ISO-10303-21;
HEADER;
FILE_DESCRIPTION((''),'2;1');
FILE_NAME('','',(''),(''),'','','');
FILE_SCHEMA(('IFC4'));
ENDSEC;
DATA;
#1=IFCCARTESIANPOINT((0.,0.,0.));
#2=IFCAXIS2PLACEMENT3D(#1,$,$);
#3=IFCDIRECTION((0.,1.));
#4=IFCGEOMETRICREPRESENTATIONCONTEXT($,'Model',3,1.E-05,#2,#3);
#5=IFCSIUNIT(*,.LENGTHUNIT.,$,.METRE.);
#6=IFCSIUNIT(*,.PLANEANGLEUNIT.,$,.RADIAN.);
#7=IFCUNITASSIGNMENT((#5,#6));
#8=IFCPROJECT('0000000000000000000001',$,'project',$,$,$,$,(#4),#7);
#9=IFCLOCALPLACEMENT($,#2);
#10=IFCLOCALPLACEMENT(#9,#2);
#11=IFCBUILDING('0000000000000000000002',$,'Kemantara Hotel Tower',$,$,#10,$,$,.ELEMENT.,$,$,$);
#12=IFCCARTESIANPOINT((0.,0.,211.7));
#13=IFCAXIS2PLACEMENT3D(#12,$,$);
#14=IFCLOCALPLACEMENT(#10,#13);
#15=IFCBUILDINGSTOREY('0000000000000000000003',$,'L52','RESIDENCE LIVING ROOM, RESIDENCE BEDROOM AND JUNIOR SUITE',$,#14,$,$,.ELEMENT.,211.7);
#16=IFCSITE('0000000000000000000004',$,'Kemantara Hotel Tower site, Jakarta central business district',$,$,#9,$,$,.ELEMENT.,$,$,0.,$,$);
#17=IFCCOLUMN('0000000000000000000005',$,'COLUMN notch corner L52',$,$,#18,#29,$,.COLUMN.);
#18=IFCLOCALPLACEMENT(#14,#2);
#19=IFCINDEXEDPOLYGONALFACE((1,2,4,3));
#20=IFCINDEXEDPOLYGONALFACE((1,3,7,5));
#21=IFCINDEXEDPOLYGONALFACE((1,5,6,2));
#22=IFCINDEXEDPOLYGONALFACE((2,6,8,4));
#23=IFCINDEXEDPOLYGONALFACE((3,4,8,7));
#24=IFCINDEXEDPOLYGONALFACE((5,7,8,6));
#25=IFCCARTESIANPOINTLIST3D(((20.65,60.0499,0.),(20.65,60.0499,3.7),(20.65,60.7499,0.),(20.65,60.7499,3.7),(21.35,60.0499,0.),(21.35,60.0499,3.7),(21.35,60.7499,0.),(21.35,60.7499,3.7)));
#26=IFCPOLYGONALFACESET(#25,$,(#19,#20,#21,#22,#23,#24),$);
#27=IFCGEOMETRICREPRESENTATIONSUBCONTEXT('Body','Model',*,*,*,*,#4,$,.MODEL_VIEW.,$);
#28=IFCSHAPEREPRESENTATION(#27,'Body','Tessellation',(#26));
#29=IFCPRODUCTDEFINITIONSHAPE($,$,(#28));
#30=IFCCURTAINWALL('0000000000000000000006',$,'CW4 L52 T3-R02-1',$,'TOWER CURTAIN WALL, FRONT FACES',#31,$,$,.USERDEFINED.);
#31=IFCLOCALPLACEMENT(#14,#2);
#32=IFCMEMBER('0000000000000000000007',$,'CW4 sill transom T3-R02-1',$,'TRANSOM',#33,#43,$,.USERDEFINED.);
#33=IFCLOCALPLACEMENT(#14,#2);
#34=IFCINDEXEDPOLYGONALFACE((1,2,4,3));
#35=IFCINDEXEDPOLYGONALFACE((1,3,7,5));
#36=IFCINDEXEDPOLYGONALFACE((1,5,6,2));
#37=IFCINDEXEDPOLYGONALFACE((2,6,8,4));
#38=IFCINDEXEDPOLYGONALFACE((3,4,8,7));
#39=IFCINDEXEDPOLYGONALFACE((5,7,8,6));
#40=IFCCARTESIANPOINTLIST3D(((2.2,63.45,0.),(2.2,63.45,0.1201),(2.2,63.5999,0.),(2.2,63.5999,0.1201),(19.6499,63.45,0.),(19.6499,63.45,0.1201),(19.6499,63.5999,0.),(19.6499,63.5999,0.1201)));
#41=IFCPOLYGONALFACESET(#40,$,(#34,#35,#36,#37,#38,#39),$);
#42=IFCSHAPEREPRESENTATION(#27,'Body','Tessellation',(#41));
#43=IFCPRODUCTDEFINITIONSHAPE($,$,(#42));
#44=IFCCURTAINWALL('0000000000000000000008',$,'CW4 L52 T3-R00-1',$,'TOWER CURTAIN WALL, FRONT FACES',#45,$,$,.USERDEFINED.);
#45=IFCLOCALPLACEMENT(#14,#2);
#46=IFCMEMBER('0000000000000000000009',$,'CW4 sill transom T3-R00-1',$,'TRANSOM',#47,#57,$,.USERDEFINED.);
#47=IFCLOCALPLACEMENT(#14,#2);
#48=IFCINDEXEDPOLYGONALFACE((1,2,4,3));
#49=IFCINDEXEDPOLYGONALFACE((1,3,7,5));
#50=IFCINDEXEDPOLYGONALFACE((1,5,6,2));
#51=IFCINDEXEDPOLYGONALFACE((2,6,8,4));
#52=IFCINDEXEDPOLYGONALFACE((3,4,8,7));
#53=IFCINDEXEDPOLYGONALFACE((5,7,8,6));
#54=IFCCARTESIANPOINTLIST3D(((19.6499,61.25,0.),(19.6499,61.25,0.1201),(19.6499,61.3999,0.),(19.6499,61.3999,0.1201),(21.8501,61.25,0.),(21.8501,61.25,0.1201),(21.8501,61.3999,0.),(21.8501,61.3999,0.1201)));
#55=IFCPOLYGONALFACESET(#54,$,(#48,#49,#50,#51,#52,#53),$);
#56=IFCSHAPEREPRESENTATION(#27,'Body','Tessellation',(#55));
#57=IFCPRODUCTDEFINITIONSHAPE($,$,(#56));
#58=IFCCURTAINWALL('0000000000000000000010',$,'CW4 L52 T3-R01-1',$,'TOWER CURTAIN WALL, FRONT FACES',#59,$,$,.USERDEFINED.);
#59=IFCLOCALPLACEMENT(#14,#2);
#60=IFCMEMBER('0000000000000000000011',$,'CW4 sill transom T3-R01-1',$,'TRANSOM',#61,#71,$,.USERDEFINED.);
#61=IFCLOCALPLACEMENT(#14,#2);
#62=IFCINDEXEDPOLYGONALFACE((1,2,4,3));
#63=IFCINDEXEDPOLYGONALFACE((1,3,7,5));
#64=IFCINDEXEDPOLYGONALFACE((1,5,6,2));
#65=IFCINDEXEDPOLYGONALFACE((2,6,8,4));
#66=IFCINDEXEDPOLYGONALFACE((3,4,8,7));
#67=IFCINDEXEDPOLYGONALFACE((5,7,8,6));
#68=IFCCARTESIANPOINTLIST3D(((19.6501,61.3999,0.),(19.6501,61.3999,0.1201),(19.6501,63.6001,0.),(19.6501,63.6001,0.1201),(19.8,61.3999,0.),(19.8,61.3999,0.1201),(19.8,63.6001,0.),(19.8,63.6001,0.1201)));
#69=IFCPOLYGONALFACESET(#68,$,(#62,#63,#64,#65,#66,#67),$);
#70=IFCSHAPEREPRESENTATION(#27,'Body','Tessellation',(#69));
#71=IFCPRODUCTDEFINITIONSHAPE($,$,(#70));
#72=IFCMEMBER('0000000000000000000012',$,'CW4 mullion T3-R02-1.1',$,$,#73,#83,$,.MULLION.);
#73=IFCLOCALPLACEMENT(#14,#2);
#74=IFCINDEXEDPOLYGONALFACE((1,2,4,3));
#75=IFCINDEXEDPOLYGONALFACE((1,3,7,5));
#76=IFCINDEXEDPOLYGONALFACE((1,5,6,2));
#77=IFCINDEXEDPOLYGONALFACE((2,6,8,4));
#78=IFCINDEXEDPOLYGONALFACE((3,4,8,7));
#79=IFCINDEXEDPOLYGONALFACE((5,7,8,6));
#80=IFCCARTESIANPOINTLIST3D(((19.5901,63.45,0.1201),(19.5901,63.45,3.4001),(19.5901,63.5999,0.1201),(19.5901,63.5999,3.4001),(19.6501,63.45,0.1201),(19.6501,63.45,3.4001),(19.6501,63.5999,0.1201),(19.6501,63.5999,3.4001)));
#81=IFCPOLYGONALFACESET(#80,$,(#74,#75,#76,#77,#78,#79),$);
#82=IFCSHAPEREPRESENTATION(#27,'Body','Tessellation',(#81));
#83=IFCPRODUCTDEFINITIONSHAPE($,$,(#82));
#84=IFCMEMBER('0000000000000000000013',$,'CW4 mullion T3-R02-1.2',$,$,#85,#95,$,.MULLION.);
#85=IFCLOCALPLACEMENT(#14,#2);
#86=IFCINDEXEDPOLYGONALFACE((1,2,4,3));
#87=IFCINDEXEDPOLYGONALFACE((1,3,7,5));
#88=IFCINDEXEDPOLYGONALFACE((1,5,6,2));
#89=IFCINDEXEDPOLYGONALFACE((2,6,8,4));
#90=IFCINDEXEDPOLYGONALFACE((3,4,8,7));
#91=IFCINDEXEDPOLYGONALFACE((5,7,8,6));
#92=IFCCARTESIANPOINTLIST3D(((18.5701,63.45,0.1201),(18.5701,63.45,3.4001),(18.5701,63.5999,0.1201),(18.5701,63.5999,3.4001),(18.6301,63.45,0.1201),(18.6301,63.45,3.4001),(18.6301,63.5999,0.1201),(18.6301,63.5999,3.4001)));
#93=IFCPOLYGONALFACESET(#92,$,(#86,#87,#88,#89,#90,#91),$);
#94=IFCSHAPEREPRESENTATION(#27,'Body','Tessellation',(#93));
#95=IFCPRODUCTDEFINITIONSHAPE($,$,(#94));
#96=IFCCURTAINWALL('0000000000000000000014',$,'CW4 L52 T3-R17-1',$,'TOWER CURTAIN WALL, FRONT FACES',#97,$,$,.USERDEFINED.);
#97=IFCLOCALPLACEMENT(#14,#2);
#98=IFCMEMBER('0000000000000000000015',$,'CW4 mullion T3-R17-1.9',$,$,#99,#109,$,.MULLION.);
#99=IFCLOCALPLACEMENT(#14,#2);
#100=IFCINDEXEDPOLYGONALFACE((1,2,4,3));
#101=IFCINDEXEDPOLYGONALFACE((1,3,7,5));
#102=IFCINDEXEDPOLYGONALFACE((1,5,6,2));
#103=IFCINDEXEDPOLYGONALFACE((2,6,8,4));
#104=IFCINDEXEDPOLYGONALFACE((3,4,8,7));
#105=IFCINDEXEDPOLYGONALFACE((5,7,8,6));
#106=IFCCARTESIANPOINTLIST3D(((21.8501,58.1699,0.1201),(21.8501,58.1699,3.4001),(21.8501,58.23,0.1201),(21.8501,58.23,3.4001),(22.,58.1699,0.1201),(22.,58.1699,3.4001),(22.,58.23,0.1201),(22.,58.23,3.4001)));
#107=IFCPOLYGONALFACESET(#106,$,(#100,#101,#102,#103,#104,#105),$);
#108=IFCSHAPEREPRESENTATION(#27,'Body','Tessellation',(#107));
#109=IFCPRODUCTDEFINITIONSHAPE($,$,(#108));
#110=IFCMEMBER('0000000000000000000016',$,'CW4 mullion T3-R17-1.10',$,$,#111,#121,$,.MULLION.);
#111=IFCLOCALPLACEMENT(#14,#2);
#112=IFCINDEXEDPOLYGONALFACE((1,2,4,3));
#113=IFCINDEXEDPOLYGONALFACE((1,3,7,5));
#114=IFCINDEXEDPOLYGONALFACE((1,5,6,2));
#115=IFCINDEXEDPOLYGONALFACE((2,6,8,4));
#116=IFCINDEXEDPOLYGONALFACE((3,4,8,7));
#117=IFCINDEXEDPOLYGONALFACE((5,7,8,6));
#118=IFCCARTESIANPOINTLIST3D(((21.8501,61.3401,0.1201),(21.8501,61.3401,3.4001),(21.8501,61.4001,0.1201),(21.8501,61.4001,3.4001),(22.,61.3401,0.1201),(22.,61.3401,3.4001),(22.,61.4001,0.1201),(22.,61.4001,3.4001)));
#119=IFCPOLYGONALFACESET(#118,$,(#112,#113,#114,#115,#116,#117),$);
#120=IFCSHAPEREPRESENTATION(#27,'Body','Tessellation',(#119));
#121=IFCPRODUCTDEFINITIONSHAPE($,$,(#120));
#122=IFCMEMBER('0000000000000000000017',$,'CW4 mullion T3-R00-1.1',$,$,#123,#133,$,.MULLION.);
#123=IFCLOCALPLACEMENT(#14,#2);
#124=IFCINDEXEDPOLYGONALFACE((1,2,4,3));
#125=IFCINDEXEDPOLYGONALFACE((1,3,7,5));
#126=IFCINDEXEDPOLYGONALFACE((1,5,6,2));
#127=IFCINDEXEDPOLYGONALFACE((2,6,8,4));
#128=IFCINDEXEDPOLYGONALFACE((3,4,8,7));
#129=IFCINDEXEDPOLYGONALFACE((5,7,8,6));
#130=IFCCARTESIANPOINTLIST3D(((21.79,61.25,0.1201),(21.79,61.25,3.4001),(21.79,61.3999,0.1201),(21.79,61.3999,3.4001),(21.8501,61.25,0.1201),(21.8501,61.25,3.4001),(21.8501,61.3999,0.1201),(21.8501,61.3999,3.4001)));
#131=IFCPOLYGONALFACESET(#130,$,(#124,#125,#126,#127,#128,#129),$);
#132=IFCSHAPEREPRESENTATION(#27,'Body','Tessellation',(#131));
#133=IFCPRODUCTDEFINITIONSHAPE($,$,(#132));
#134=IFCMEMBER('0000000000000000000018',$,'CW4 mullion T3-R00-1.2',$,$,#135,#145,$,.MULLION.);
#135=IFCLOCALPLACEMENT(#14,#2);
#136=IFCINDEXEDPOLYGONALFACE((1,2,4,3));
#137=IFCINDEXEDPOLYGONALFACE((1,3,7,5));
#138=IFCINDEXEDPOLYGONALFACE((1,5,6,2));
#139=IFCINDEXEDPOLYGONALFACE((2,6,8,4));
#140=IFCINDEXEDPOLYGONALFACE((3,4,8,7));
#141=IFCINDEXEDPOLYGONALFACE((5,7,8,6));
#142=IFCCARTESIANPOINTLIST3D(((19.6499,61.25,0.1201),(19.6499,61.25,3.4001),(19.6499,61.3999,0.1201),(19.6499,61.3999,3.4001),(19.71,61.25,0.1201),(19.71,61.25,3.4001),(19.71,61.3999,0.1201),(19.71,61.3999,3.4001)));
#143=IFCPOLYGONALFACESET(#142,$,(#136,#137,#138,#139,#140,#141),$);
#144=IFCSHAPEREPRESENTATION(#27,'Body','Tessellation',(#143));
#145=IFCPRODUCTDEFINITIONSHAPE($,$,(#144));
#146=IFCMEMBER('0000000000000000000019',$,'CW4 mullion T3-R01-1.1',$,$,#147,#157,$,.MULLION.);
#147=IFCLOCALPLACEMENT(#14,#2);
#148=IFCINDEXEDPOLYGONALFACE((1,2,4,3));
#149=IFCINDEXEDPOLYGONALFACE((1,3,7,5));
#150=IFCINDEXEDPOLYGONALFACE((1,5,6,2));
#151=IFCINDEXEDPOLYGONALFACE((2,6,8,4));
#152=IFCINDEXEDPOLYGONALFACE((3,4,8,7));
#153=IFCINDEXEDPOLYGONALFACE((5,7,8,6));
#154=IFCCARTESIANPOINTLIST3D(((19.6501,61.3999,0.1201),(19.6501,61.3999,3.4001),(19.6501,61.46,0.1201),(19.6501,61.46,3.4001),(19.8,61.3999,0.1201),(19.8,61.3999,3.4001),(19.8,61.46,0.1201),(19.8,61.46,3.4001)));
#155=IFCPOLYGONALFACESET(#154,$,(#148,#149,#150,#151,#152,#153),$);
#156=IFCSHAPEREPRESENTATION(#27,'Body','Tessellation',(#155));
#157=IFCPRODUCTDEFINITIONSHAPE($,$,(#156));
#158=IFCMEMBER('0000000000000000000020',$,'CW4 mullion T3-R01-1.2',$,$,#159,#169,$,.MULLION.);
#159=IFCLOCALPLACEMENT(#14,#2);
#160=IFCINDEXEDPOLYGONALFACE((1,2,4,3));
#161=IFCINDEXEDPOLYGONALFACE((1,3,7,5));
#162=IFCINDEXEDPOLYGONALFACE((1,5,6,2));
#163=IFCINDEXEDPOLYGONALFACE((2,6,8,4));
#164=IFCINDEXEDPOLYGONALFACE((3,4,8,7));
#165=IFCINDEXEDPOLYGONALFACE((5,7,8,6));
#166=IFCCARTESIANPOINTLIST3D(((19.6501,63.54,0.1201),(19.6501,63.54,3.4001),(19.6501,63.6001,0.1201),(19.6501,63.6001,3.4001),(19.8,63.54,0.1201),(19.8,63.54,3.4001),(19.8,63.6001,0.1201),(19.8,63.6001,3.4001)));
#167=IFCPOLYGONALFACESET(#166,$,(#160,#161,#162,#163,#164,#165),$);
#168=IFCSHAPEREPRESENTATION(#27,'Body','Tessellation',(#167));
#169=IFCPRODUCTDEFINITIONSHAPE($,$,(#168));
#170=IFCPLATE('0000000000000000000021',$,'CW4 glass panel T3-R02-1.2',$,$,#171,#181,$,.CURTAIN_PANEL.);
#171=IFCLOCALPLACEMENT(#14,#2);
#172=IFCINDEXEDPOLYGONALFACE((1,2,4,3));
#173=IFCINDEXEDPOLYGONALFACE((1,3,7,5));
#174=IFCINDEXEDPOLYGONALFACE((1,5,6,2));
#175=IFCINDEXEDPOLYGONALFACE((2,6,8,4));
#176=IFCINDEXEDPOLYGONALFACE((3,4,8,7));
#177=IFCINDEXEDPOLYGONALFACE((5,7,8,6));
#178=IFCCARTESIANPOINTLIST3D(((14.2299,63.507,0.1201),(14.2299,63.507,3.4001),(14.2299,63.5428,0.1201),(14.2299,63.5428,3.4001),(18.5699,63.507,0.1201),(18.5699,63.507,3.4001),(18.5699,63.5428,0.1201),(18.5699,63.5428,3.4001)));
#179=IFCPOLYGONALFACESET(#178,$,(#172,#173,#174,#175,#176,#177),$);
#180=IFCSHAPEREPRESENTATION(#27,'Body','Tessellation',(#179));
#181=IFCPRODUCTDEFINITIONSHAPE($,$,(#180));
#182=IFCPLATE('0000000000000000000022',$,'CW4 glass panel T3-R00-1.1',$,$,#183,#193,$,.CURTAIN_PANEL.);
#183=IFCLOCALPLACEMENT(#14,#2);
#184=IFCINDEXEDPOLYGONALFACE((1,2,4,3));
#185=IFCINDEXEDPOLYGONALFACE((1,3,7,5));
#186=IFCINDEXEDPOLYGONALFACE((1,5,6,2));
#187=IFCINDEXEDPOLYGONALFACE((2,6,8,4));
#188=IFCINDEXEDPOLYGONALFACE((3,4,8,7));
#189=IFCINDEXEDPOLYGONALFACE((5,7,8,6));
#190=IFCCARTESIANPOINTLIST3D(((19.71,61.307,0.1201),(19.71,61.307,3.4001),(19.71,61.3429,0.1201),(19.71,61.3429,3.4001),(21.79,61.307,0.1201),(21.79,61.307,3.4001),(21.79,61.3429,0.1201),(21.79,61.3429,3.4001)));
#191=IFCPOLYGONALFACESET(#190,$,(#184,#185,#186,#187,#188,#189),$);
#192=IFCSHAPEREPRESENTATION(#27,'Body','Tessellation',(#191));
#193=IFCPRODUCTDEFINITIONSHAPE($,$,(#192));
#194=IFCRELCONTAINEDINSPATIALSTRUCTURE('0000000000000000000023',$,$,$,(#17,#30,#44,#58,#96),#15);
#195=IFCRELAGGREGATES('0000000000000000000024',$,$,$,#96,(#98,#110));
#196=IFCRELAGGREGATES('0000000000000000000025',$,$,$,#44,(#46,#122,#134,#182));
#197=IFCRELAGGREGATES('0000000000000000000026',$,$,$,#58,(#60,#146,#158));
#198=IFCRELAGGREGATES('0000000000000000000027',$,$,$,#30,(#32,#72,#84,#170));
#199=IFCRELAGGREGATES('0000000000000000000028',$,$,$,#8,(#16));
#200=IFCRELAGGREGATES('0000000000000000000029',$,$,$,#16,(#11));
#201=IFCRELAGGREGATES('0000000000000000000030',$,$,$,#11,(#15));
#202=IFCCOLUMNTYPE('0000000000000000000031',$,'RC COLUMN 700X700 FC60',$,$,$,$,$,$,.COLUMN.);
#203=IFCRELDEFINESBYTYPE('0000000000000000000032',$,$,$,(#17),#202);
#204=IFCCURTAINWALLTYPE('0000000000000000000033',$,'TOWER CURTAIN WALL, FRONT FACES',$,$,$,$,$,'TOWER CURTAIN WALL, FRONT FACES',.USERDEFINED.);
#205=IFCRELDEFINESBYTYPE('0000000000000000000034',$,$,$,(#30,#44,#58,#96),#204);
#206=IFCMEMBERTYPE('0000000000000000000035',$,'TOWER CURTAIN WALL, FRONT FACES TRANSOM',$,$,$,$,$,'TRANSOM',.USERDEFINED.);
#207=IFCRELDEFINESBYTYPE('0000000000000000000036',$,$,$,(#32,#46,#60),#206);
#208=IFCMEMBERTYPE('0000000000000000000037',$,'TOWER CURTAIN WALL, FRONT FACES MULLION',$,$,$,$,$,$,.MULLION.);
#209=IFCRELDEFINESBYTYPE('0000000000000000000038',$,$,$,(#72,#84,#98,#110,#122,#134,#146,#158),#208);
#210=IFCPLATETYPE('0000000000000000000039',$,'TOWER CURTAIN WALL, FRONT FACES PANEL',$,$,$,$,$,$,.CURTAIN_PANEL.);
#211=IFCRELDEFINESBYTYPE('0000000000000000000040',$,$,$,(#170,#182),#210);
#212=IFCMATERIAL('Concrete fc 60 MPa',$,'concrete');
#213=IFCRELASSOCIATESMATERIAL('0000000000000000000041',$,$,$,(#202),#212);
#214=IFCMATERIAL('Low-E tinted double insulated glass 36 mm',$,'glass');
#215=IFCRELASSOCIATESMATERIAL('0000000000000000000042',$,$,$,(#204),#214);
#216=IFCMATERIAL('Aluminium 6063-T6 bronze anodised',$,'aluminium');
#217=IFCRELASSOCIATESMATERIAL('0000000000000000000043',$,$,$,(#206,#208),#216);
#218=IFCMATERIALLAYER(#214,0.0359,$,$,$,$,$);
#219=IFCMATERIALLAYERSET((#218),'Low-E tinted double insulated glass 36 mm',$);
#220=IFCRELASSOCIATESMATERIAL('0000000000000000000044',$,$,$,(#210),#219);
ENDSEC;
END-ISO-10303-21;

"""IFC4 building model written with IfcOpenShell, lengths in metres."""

from ifc_helpers import new_model, si_unit, direction, frame, origin, origin_2d, place, context, subcontext, project, spatial, rectangle, extrude, source, transform, mapped, material, layer, layer_set, material_profile, profile_set, type_object, element, aggregate, save


model = new_model("IFC4")

# Units and contexts
model_context = context("Model", 3, precision=1e-05, world=origin(), true_north=direction((0.0, 1.0)))
body_context = subcontext(model_context, "Body", "Model", "MODEL_VIEW")
ifc_project = project(units=[si_unit("LENGTHUNIT", "METRE"), si_unit("PLANEANGLEUNIT", "RADIAN")], contexts=[model_context])

# Site, building, storey
site_placement = place(None, origin())
site = spatial("IfcSite", under=ifc_project, at=site_placement, Name="Kemantara Hotel Tower site, Jakarta central business district", CompositionType="ELEMENT", RefElevation=0.0)
building_placement = place(site_placement, origin())
building = spatial("IfcBuilding", under=site, at=building_placement, Name="Kemantara Hotel Tower", CompositionType="ELEMENT")
storey_placement = place(building_placement, frame((0.0, 0.0, 211.7)))
storey = spatial("IfcBuildingStorey", under=building, at=storey_placement, Name="L52", Description="RESIDENCE LIVING ROOM, RESIDENCE BEDROOM AND JUNIOR SUITE", CompositionType="ELEMENT", Elevation=211.7)

# Column
ifc_material_1 = material(Name="Concrete fc 60 MPa", Category="concrete")
ifc_material_profile_1 = material_profile(ifc_material_1, rectangle(XDim=0.7, YDim=0.7, at=origin_2d()), Name="RC 700X700")
ifc_profile_set_1 = profile_set([ifc_material_profile_1], Name="Concrete fc 60 MPa")
column_type = type_object("IfcColumnType", Name="RC COLUMN 700X700 FC60", PredefinedType="COLUMN", material=ifc_profile_set_1)
column_placement = place(storey_placement, frame((21.0, 60.3999, 0.0), z_axis=(0.0, 0.0, 1.0), x_axis=(1.0, 0.0, 0.0)))
element("IfcColumn", 1, at=column_placement, inside=storey, type_object=column_type, Name="COLUMN notch corner L52", PredefinedType="COLUMN", context=body_context, shape_type="SweptSolid", body=[
    extrude(rectangle(XDim=0.7, YDim=0.7, at=origin_2d()), origin(), (0.0, 0.0, 1.0), 3.7),
])

# Curtain walls, members
ifc_material_2 = material(Name="Low-E tinted double insulated glass 36 mm", Category="glass")
curtain_wall_type = type_object("IfcCurtainWallType", Name="TOWER CURTAIN WALL, FRONT FACES", ElementType="TOWER CURTAIN WALL, FRONT FACES", PredefinedType="USERDEFINED", material=ifc_material_2)
curtain_wall_1_placement = place(storey_placement, origin())
curtain_wall_1 = element("IfcCurtainWall", 2, at=curtain_wall_1_placement, inside=storey, type_object=curtain_wall_type, Name="CW4 L52 T3-R02-1", ObjectType="TOWER CURTAIN WALL, FRONT FACES", PredefinedType="USERDEFINED")
ifc_material_3 = material(Name="Aluminium 6063-T6 bronze anodised", Category="aluminium")
ifc_material_profile_2 = material_profile(ifc_material_3, rectangle(XDim=0.1499, YDim=0.1201, at=origin_2d()), Name="TOWER CURTAIN WALL, FRONT FACES TRANSOM")
ifc_profile_set_2 = profile_set([ifc_material_profile_2], Name="Aluminium 6063-T6 bronze anodised")
member_type_1 = type_object("IfcMemberType", Name="TOWER CURTAIN WALL, FRONT FACES TRANSOM", ElementType="TRANSOM", PredefinedType="USERDEFINED", material=ifc_profile_set_2)
member_1_placement = place(storey_placement, frame((19.6499, 63.5249, 0.0601), z_axis=(-1.0, 0.0, 0.0), x_axis=(0.0, -1.0, 0.0)))
member_1 = element("IfcMember", 3, at=member_1_placement, type_object=member_type_1, Name="CW4 sill transom T3-R02-1", ObjectType="TRANSOM", PredefinedType="USERDEFINED", context=body_context, shape_type="SweptSolid", body=[
    extrude(rectangle(XDim=0.1499, YDim=0.1201, at=origin_2d()), origin(), (0.0, 0.0, 1.0), 17.45),
])
curtain_wall_2_placement = place(storey_placement, origin())
curtain_wall_2 = element("IfcCurtainWall", 4, at=curtain_wall_2_placement, inside=storey, type_object=curtain_wall_type, Name="CW4 L52 T3-R00-1", ObjectType="TOWER CURTAIN WALL, FRONT FACES", PredefinedType="USERDEFINED")
member_2_placement = place(storey_placement, frame((21.8501, 61.325, 0.0601), z_axis=(-1.0, 0.0, 0.0), x_axis=(0.0, -1.0, 0.0)))
member_2 = element("IfcMember", 5, at=member_2_placement, type_object=member_type_1, Name="CW4 sill transom T3-R00-1", ObjectType="TRANSOM", PredefinedType="USERDEFINED", context=body_context, shape_type="SweptSolid", body=[
    extrude(rectangle(XDim=0.1499, YDim=0.1201, at=origin_2d()), origin(), (0.0, 0.0, 1.0), 2.2002),
])
curtain_wall_3_placement = place(storey_placement, origin())
curtain_wall_3 = element("IfcCurtainWall", 6, at=curtain_wall_3_placement, inside=storey, type_object=curtain_wall_type, Name="CW4 L52 T3-R01-1", ObjectType="TOWER CURTAIN WALL, FRONT FACES", PredefinedType="USERDEFINED")
member_3_placement = place(storey_placement, frame((19.7251, 61.3999, 0.0601), z_axis=(0.0, 1.0, 0.0), x_axis=(-1.0, 0.0, 0.0)))
member_3 = element("IfcMember", 7, at=member_3_placement, type_object=member_type_1, Name="CW4 sill transom T3-R01-1", ObjectType="TRANSOM", PredefinedType="USERDEFINED", context=body_context, shape_type="SweptSolid", body=[
    extrude(rectangle(XDim=0.1499, YDim=0.1201, at=origin_2d()), origin(), (0.0, 0.0, 1.0), 2.2002),
])

# Members
ifc_material_profile_3 = material_profile(ifc_material_3, rectangle(XDim=0.1499, YDim=0.0601, at=origin_2d()), Name="TOWER CURTAIN WALL, FRONT FACES MULLION")
ifc_profile_set_3 = profile_set([ifc_material_profile_3], Name="Aluminium 6063-T6 bronze anodised")
member_type_2 = type_object("IfcMemberType", Name="TOWER CURTAIN WALL, FRONT FACES MULLION", PredefinedType="MULLION", material=ifc_profile_set_3)
shared_shape_1 = source(origin(), body_context, "Body", "SweptSolid", [
    extrude(rectangle(XDim=0.1499, YDim=0.0601, at=origin_2d()), origin(), (0.0, 0.0, 1.0), 3.28),
])
member_4_placement = place(storey_placement, frame((19.6201, 63.5249, 0.1201), z_axis=(0.0, 0.0, 1.0), x_axis=(0.0, -1.0, 0.0)))
member_4 = element("IfcMember", 8, at=member_4_placement, type_object=member_type_2, Name="CW4 mullion T3-R02-1.1", PredefinedType="MULLION", context=body_context, shape_type="MappedRepresentation", body=[
    mapped(shared_shape_1, transform((0.0, 0.0, 0.0))),
])
member_5_placement = place(storey_placement, frame((18.6001, 63.5249, 0.1201), z_axis=(0.0, 0.0, 1.0), x_axis=(0.0, -1.0, 0.0)))
member_5 = element("IfcMember", 9, at=member_5_placement, type_object=member_type_2, Name="CW4 mullion T3-R02-1.2", PredefinedType="MULLION", context=body_context, shape_type="MappedRepresentation", body=[
    mapped(shared_shape_1, transform((0.0, 0.0, 0.0))),
])

# Curtain wall, members
curtain_wall_4_placement = place(storey_placement, origin())
curtain_wall_4 = element("IfcCurtainWall", 10, at=curtain_wall_4_placement, inside=storey, type_object=curtain_wall_type, Name="CW4 L52 T3-R17-1", ObjectType="TOWER CURTAIN WALL, FRONT FACES", PredefinedType="USERDEFINED")
member_6_placement = place(storey_placement, frame((21.925, 58.2, 0.1201), z_axis=(0.0, 0.0, 1.0), x_axis=(-1.0, 0.0, 0.0)))
member_6 = element("IfcMember", 11, at=member_6_placement, type_object=member_type_2, Name="CW4 mullion T3-R17-1.9", PredefinedType="MULLION", context=body_context, shape_type="MappedRepresentation", body=[
    mapped(shared_shape_1, transform((0.0, 0.0, 0.0))),
])
member_7_placement = place(storey_placement, frame((21.925, 61.3701, 0.1201), z_axis=(0.0, 0.0, 1.0), x_axis=(-1.0, 0.0, 0.0)))
member_7 = element("IfcMember", 12, at=member_7_placement, type_object=member_type_2, Name="CW4 mullion T3-R17-1.10", PredefinedType="MULLION", context=body_context, shape_type="MappedRepresentation", body=[
    mapped(shared_shape_1, transform((0.0, 0.0, 0.0))),
])
aggregate(curtain_wall_4, [member_6, member_7])

# Members
member_8_placement = place(storey_placement, frame((21.8201, 61.325, 0.1201), z_axis=(0.0, 0.0, 1.0), x_axis=(0.0, -1.0, 0.0)))
member_8 = element("IfcMember", 13, at=member_8_placement, type_object=member_type_2, Name="CW4 mullion T3-R00-1.1", PredefinedType="MULLION", context=body_context, shape_type="MappedRepresentation", body=[
    mapped(shared_shape_1, transform((0.0, 0.0, 0.0))),
])
member_9_placement = place(storey_placement, frame((19.6799, 61.325, 0.1201), z_axis=(0.0, 0.0, 1.0), x_axis=(0.0, -1.0, 0.0)))
member_9 = element("IfcMember", 14, at=member_9_placement, type_object=member_type_2, Name="CW4 mullion T3-R00-1.2", PredefinedType="MULLION", context=body_context, shape_type="MappedRepresentation", body=[
    mapped(shared_shape_1, transform((0.0, 0.0, 0.0))),
])
member_10_placement = place(storey_placement, frame((19.7251, 61.4299, 0.1201), z_axis=(0.0, 0.0, 1.0), x_axis=(-1.0, 0.0, 0.0)))
member_10 = element("IfcMember", 15, at=member_10_placement, type_object=member_type_2, Name="CW4 mullion T3-R01-1.1", PredefinedType="MULLION", context=body_context, shape_type="MappedRepresentation", body=[
    mapped(shared_shape_1, transform((0.0, 0.0, 0.0))),
])
member_11_placement = place(storey_placement, frame((19.7251, 63.5701, 0.1201), z_axis=(0.0, 0.0, 1.0), x_axis=(-1.0, 0.0, 0.0)))
member_11 = element("IfcMember", 16, at=member_11_placement, type_object=member_type_2, Name="CW4 mullion T3-R01-1.2", PredefinedType="MULLION", context=body_context, shape_type="MappedRepresentation", body=[
    mapped(shared_shape_1, transform((0.0, 0.0, 0.0))),
])

# Plates
ifc_layer_1 = layer(ifc_material_2, 0.0359)
ifc_layer_set_1 = layer_set([ifc_layer_1], Name="Low-E tinted double insulated glass 36 mm")
plate_type = type_object("IfcPlateType", Name="TOWER CURTAIN WALL, FRONT FACES PANEL", PredefinedType="CURTAIN_PANEL", material=ifc_layer_set_1)
shared_shape_2 = source(origin(), body_context, "Body", "SweptSolid", [
    extrude(rectangle(XDim=4.3401, YDim=0.0359, at=origin_2d()), origin(), (0.0, 0.0, 1.0), 3.28),
])
plate_1_placement = place(storey_placement, frame((16.3999, 63.5249, 0.1201), z_axis=(0.0, 0.0, 1.0), x_axis=(-1.0, 0.0, 0.0)))
plate_1 = element("IfcPlate", 17, at=plate_1_placement, type_object=plate_type, Name="CW4 glass panel T3-R02-1.2", PredefinedType="CURTAIN_PANEL", context=body_context, shape_type="MappedRepresentation", body=[
    mapped(shared_shape_2, transform((0.0, 0.0, 0.0))),
])
shared_shape_3 = source(origin(), body_context, "Body", "SweptSolid", [
    extrude(rectangle(XDim=2.0801, YDim=0.0359, at=origin_2d()), origin(), (0.0, 0.0, 1.0), 3.28),
])
plate_2_placement = place(storey_placement, frame((20.75, 61.325, 0.1201), z_axis=(0.0, 0.0, 1.0), x_axis=(-1.0, 0.0, 0.0)))
plate_2 = element("IfcPlate", 18, at=plate_2_placement, type_object=plate_type, Name="CW4 glass panel T3-R00-1.1", PredefinedType="CURTAIN_PANEL", context=body_context, shape_type="MappedRepresentation", body=[
    mapped(shared_shape_3, transform((0.0, 0.0, 0.0))),
])
aggregate(curtain_wall_2, [member_2, member_8, member_9, plate_2])
aggregate(curtain_wall_3, [member_3, member_10, member_11])
aggregate(curtain_wall_1, [member_1, member_4, member_5, plate_1])

save(model, "model.ifc")
